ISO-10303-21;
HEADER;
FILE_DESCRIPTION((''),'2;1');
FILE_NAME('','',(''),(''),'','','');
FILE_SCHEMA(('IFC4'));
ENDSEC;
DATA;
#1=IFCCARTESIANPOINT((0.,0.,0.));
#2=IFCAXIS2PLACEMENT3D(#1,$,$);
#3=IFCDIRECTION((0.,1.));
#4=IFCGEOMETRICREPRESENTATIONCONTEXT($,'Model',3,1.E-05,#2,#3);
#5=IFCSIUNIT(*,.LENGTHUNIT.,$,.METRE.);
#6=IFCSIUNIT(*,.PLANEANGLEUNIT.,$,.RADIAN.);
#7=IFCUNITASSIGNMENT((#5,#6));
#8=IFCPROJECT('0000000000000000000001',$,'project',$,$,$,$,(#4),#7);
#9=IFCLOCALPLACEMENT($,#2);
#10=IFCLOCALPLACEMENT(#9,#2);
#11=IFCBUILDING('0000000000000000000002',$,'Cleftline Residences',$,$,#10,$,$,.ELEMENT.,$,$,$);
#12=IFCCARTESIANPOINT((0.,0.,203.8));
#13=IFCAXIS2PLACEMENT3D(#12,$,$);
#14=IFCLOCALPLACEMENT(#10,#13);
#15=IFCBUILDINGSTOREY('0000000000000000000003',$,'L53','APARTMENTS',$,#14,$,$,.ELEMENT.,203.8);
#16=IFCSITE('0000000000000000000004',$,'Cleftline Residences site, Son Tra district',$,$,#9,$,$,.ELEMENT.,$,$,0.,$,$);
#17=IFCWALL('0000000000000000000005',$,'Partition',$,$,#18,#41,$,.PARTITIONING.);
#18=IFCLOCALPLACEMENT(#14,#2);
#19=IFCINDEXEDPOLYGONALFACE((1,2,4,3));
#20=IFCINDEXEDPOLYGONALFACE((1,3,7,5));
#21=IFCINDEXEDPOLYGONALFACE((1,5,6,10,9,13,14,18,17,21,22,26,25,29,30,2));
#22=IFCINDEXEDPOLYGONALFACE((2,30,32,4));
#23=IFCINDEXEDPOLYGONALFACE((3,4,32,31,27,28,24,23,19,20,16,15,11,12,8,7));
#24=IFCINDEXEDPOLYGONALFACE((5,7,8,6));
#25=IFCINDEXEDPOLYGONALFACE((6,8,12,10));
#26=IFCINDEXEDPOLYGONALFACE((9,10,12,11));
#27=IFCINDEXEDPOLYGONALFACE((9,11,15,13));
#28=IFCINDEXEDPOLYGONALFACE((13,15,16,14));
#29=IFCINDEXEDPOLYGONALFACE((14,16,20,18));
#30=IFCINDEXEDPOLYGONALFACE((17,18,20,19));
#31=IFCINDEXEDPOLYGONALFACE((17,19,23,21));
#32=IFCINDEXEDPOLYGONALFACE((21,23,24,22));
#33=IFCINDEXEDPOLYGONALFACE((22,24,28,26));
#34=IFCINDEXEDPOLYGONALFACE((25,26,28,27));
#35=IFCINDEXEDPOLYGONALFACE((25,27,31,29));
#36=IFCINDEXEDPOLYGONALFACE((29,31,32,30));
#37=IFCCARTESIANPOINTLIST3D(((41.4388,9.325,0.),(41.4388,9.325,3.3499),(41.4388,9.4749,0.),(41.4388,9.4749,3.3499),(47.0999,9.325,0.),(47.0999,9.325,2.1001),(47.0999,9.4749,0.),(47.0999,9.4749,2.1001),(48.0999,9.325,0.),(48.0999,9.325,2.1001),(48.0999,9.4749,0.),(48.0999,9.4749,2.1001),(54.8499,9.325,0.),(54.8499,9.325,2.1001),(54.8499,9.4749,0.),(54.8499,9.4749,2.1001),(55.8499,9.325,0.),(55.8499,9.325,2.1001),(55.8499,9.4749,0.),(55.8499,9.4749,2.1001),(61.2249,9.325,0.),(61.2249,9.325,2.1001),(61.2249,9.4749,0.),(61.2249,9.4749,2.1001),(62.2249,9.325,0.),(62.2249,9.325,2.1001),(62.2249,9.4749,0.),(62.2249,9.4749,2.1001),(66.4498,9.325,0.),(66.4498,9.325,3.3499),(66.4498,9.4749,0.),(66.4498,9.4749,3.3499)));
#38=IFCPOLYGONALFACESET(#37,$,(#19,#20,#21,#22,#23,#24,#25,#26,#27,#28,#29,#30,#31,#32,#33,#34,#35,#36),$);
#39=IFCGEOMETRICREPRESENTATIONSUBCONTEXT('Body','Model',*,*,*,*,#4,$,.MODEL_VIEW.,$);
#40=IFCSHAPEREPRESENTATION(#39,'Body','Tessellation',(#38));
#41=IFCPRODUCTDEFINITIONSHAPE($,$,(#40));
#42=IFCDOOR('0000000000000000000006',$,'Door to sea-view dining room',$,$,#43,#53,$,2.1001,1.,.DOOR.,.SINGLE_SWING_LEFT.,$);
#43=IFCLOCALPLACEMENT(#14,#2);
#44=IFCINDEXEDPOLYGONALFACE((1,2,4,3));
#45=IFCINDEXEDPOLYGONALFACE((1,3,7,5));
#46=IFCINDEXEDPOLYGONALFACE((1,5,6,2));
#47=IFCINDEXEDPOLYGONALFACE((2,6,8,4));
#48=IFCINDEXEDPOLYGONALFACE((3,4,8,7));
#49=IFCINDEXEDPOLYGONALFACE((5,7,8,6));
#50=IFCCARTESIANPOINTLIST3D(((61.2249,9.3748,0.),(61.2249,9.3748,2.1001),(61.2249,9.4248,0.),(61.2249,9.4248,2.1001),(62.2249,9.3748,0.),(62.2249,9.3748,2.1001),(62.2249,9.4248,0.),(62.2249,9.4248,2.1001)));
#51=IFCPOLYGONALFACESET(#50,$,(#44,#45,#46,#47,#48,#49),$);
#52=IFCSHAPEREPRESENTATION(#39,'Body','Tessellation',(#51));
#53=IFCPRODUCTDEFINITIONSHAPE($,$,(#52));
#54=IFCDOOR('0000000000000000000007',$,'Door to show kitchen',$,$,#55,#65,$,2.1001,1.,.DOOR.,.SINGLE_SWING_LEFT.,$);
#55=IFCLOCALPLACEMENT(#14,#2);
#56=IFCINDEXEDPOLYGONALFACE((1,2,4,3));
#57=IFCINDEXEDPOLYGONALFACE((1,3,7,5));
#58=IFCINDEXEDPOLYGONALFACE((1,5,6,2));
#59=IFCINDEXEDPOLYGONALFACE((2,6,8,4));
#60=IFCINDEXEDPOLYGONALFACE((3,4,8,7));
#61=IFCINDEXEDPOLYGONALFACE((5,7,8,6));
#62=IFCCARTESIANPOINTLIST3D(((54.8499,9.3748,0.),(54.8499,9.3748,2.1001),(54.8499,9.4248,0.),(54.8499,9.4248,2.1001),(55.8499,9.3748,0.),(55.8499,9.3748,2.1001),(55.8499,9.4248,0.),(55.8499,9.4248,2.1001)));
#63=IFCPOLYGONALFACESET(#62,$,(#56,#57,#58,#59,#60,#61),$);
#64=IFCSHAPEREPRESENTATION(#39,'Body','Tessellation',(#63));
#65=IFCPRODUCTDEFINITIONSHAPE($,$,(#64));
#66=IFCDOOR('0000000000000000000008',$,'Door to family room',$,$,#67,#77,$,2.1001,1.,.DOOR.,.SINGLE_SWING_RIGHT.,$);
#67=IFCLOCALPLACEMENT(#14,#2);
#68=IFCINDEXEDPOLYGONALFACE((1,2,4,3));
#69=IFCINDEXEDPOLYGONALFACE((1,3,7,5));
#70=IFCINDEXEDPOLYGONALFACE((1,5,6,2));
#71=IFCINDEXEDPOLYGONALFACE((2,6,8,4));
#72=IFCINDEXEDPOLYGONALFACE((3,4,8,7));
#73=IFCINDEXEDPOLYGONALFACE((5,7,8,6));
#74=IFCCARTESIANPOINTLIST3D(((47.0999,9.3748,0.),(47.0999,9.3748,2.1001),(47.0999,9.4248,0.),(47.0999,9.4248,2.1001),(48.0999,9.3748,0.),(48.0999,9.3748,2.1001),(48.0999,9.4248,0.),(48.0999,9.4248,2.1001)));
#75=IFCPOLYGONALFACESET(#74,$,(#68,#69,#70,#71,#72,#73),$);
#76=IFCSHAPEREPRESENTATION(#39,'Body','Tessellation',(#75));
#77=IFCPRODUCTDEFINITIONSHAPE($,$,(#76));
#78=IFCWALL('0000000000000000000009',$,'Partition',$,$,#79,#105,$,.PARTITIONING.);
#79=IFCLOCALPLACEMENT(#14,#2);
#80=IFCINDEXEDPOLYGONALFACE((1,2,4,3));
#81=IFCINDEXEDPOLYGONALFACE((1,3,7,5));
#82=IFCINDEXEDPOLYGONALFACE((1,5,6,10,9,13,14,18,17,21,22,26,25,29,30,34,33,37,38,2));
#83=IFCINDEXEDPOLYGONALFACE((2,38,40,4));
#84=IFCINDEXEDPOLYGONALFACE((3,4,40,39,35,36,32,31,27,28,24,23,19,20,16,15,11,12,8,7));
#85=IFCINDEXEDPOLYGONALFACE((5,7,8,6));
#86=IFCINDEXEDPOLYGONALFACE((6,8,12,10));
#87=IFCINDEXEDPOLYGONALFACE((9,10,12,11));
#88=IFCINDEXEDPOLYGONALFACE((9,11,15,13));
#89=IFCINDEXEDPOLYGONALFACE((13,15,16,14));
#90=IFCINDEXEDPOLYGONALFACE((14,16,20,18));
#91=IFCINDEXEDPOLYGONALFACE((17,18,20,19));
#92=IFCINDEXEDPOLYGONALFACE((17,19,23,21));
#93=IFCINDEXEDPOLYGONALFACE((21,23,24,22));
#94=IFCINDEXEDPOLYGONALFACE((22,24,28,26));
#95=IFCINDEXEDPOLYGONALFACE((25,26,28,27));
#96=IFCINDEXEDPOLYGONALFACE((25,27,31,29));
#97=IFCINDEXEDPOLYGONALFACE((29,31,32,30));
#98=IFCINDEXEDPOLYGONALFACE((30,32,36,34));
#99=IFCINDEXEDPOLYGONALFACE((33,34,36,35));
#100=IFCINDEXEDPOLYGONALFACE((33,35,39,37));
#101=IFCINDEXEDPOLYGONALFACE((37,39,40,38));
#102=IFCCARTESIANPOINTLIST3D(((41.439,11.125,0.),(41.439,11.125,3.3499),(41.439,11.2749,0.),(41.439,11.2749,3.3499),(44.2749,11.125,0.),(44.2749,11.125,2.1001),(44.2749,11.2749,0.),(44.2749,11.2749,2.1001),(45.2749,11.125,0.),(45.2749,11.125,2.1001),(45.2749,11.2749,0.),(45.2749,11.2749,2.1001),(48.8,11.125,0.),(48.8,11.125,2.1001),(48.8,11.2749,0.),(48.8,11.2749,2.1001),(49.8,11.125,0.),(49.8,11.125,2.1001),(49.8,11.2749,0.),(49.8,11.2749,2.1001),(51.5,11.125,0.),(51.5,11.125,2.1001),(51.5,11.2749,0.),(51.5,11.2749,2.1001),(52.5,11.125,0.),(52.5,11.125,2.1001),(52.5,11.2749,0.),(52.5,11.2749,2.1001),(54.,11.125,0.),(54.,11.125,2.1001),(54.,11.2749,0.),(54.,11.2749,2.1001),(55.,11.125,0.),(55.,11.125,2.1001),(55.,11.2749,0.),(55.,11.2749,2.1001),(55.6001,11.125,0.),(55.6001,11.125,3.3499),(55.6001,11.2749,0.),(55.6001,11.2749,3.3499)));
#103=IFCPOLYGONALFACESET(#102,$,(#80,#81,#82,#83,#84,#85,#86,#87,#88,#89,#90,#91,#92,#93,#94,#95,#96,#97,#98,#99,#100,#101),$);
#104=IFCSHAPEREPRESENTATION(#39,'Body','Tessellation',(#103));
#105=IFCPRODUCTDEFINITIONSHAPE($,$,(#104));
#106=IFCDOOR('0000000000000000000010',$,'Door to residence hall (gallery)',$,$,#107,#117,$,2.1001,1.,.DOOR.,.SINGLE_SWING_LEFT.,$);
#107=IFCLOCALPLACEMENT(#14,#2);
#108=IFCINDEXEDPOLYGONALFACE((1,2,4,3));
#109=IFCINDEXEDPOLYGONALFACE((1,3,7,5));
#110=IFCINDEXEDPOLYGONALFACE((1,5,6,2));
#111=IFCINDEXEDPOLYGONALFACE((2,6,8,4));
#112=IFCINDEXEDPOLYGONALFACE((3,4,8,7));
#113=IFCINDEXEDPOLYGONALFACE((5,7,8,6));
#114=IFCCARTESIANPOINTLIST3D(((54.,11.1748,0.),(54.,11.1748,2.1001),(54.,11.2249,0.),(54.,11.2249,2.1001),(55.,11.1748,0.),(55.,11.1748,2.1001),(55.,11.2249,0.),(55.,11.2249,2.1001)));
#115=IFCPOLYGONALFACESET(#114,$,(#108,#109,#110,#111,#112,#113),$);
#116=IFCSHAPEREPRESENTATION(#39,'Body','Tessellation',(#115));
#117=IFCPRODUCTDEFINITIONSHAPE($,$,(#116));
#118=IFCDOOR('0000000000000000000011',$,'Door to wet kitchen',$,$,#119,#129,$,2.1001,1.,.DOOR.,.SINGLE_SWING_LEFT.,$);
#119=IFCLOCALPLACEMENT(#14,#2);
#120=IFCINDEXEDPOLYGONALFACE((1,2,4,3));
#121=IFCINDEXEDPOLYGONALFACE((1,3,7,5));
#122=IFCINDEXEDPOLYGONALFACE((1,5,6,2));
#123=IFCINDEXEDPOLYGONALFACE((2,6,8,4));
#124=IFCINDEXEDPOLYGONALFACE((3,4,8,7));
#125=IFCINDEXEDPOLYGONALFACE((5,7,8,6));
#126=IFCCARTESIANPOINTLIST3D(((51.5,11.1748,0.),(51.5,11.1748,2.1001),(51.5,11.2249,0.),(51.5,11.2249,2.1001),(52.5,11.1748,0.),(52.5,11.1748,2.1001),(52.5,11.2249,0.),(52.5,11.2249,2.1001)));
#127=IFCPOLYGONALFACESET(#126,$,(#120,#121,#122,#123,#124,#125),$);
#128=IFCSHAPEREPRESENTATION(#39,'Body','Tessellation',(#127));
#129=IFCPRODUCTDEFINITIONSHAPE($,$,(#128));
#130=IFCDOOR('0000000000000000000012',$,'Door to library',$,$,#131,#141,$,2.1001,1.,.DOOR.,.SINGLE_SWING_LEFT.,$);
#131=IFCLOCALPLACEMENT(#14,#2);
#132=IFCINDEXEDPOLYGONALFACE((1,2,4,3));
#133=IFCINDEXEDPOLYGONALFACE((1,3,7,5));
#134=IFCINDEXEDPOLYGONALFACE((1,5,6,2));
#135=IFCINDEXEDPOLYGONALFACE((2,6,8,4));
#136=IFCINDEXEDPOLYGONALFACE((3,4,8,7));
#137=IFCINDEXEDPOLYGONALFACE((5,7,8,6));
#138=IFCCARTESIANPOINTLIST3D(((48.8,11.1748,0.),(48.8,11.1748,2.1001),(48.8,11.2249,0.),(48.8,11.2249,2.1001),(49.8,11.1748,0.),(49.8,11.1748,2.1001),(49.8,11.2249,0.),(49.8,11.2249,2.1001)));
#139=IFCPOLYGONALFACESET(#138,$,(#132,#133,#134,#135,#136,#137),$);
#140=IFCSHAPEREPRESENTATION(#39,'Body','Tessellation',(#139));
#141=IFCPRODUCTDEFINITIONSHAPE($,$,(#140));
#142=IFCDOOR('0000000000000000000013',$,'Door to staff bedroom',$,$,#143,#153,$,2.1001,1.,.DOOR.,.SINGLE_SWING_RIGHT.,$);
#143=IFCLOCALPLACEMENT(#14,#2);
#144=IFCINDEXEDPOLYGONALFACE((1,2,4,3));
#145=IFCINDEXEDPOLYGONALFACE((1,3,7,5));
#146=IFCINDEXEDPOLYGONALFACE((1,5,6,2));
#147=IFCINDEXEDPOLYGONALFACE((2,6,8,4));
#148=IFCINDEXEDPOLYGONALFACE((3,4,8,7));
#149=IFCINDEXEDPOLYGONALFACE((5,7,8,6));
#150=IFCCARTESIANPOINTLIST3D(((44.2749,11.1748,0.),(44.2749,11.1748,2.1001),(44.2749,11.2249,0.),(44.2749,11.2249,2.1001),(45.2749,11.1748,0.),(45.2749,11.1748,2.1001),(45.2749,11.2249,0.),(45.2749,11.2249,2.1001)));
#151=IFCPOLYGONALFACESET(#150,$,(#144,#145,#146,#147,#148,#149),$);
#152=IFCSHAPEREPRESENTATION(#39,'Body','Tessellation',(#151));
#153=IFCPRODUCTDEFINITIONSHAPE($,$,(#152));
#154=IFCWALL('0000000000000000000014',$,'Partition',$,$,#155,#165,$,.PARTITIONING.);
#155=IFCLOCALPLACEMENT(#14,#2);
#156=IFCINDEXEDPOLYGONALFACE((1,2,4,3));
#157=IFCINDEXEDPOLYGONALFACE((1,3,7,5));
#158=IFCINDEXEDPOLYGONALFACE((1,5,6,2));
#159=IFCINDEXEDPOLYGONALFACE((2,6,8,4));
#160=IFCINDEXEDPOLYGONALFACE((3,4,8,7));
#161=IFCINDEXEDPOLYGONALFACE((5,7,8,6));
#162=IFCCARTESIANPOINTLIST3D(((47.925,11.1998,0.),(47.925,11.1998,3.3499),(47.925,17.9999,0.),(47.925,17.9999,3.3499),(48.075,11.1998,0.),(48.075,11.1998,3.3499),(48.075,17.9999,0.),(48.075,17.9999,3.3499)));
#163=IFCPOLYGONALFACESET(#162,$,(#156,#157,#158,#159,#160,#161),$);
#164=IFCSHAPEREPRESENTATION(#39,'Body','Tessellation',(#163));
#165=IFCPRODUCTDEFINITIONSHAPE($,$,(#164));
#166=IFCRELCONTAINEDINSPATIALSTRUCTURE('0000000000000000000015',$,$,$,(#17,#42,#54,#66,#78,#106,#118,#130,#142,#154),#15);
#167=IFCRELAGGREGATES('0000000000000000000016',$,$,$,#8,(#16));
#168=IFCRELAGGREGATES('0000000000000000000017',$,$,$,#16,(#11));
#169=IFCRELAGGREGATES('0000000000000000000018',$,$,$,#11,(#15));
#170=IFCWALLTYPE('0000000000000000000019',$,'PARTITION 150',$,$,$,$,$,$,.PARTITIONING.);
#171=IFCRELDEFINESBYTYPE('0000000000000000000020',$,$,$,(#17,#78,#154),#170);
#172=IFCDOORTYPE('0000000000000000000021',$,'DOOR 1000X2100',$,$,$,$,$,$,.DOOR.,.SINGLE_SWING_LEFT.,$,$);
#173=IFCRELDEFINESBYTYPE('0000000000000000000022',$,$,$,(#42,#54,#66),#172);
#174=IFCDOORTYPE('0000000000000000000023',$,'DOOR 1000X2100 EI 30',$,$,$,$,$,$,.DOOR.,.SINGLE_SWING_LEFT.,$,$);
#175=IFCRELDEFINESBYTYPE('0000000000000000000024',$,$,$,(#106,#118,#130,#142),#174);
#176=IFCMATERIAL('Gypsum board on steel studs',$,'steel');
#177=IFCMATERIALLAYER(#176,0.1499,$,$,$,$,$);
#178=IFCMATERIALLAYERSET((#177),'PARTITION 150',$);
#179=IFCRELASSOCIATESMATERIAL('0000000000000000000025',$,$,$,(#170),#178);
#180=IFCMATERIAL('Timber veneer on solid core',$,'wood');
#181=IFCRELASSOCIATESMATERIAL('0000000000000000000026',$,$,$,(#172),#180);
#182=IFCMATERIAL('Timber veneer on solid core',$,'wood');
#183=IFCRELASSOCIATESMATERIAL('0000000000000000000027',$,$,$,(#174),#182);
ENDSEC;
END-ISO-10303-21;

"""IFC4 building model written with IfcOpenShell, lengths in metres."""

from ifc_helpers import new_model, si_unit, direction, frame, frame_2d, origin, place, context, subcontext, project, spatial, rectangle, extrude, material, layer, layer_set, type_object, element, fill, save


model = new_model("IFC4")

# Units and contexts
model_context = context("Model", 3, precision=1e-05, world=origin(), true_north=direction((0.0, 1.0)))
body_context = subcontext(model_context, "Body", "Model", "MODEL_VIEW")
ifc_project = project(units=[si_unit("LENGTHUNIT", "METRE"), si_unit("PLANEANGLEUNIT", "RADIAN")], contexts=[model_context])

# Site, building, storey
site_placement = place(None, origin())
site = spatial("IfcSite", under=ifc_project, at=site_placement, Name="Cleftline Residences site, Son Tra district", CompositionType="ELEMENT", RefElevation=0.0)
building_placement = place(site_placement, origin())
building = spatial("IfcBuilding", under=site, at=building_placement, Name="Cleftline Residences", CompositionType="ELEMENT")
storey_placement = place(building_placement, frame((0.0, 0.0, 203.8)))
storey = spatial("IfcBuildingStorey", under=building, at=storey_placement, Name="L53", Description="APARTMENTS", CompositionType="ELEMENT", Elevation=203.8)

# Walls, openings, doors
ifc_material_1 = material(Name="Gypsum board on steel studs", Category="steel")
ifc_layer_1 = layer(ifc_material_1, 0.1499)
ifc_layer_set_1 = layer_set([ifc_layer_1], Name="PARTITION 150")
wall_type = type_object("IfcWallType", Name="PARTITION 150", PredefinedType="PARTITIONING", material=ifc_layer_set_1)
wall_1_placement = place(storey_placement, frame((41.439, 9.3999, 0.0), z_axis=(0.0, 0.0, 1.0), x_axis=(1.0, 0.0, 0.0)))
wall_1 = element("IfcWall", 1, at=wall_1_placement, inside=storey, type_object=wall_type, Name="Partition", PredefinedType="PARTITIONING", context=body_context, shape_type="SweptSolid", body=[
    extrude(rectangle(XDim=25.011, YDim=0.1499, at=frame_2d((12.5054, 0.0))), origin(), (0.0, 0.0, 1.0), 3.3499),
])
opening_1_placement = place(wall_1_placement, frame((19.7859, 0.0, 0.0)))
opening_1 = element("IfcOpeningElement", 2, at=opening_1_placement, cuts=wall_1, PredefinedType="OPENING", context=body_context, shape_type="SweptSolid", body=[
    extrude(rectangle(XDim=1.0, YDim=2.1001, at=frame_2d((0.5, 1.05))), frame((0.0, 0.085, 0.0), z_axis=(0.0, -1.0, 0.0), x_axis=(1.0, 0.0, 0.0)), (0.0, 0.0, 1.0), 0.1699),
])
opening_2_placement = place(wall_1_placement, frame((13.4109, 0.0, 0.0)))
opening_2 = element("IfcOpeningElement", 3, at=opening_2_placement, cuts=wall_1, PredefinedType="OPENING", context=body_context, shape_type="SweptSolid", body=[
    extrude(rectangle(XDim=1.0, YDim=2.1001, at=frame_2d((0.5, 1.05))), frame((0.0, 0.085, 0.0), z_axis=(0.0, -1.0, 0.0), x_axis=(1.0, 0.0, 0.0)), (0.0, 0.0, 1.0), 0.1699),
])
opening_3_placement = place(wall_1_placement, frame((5.6609, 0.0, 0.0)))
opening_3 = element("IfcOpeningElement", 4, at=opening_3_placement, cuts=wall_1, PredefinedType="OPENING", context=body_context, shape_type="SweptSolid", body=[
    extrude(rectangle(XDim=1.0, YDim=2.1001, at=frame_2d((0.5, 1.05))), frame((0.0, 0.085, 0.0), z_axis=(0.0, -1.0, 0.0), x_axis=(1.0, 0.0, 0.0)), (0.0, 0.0, 1.0), 0.1699),
])
ifc_material_2 = material(Name="Timber veneer on solid core", Category="wood")
door_type_1 = type_object("IfcDoorType", Name="DOOR 1000X2100", OperationType="SINGLE_SWING_LEFT", PredefinedType="DOOR", material=ifc_material_2)
door_1_placement = place(opening_1_placement, origin())
door_1 = element("IfcDoor", 5, at=door_1_placement, inside=storey, type_object=door_type_1, Name="Door to sea-view dining room", OperationType="SINGLE_SWING_LEFT", OverallHeight=2.1001, OverallWidth=1.0, PredefinedType="DOOR", context=body_context, shape_type="SweptSolid", body=[
    extrude(rectangle(XDim=1.0, YDim=2.1001, at=frame_2d((0.5, 1.05))), frame((0.0, 0.0249, 0.0), z_axis=(0.0, -1.0, 0.0), x_axis=(1.0, 0.0, 0.0)), (0.0, 0.0, 1.0), 0.05),
])
fill(opening_1, door_1)
door_2_placement = place(opening_2_placement, origin())
door_2 = element("IfcDoor", 6, at=door_2_placement, inside=storey, type_object=door_type_1, Name="Door to show kitchen", OperationType="SINGLE_SWING_LEFT", OverallHeight=2.1001, OverallWidth=1.0, PredefinedType="DOOR", context=body_context, shape_type="SweptSolid", body=[
    extrude(rectangle(XDim=1.0, YDim=2.1001, at=frame_2d((0.5, 1.05))), frame((0.0, 0.0249, 0.0), z_axis=(0.0, -1.0, 0.0), x_axis=(1.0, 0.0, 0.0)), (0.0, 0.0, 1.0), 0.05),
])
fill(opening_2, door_2)
door_3_placement = place(opening_3_placement, origin())
door_3 = element("IfcDoor", 7, at=door_3_placement, inside=storey, type_object=door_type_1, Name="Door to family room", OperationType="SINGLE_SWING_RIGHT", OverallHeight=2.1001, OverallWidth=1.0, PredefinedType="DOOR", context=body_context, shape_type="SweptSolid", body=[
    extrude(rectangle(XDim=1.0, YDim=2.1001, at=frame_2d((0.5, 1.05))), frame((0.0, 0.0249, 0.0), z_axis=(0.0, -1.0, 0.0), x_axis=(1.0, 0.0, 0.0)), (0.0, 0.0, 1.0), 0.05),
])
fill(opening_3, door_3)
wall_2_placement = place(storey_placement, frame((41.439, 11.2, 0.0), z_axis=(0.0, 0.0, 1.0), x_axis=(1.0, 0.0, 0.0)))
wall_2 = element("IfcWall", 8, at=wall_2_placement, inside=storey, type_object=wall_type, Name="Partition", PredefinedType="PARTITIONING", context=body_context, shape_type="SweptSolid", body=[
    extrude(rectangle(XDim=14.1611, YDim=0.1499, at=frame_2d((7.0806, 0.0))), origin(), (0.0, 0.0, 1.0), 3.3499),
])
opening_4_placement = place(wall_2_placement, frame((12.561, 0.0, 0.0)))
opening_4 = element("IfcOpeningElement", 9, at=opening_4_placement, cuts=wall_2, PredefinedType="OPENING", context=body_context, shape_type="SweptSolid", body=[
    extrude(rectangle(XDim=1.0, YDim=2.1001, at=frame_2d((0.5, 1.05))), frame((0.0, 0.085, 0.0), z_axis=(0.0, -1.0, 0.0), x_axis=(1.0, 0.0, 0.0)), (0.0, 0.0, 1.0), 0.1699),
])
opening_5_placement = place(wall_2_placement, frame((10.061, 0.0, 0.0)))
opening_5 = element("IfcOpeningElement", 10, at=opening_5_placement, cuts=wall_2, PredefinedType="OPENING", context=body_context, shape_type="SweptSolid", body=[
    extrude(rectangle(XDim=1.0, YDim=2.1001, at=frame_2d((0.5, 1.05))), frame((0.0, 0.085, 0.0), z_axis=(0.0, -1.0, 0.0), x_axis=(1.0, 0.0, 0.0)), (0.0, 0.0, 1.0), 0.1699),
])
opening_6_placement = place(wall_2_placement, frame((7.3611, 0.0, 0.0)))
opening_6 = element("IfcOpeningElement", 11, at=opening_6_placement, cuts=wall_2, PredefinedType="OPENING", context=body_context, shape_type="SweptSolid", body=[
    extrude(rectangle(XDim=1.0, YDim=2.1001, at=frame_2d((0.5, 1.05))), frame((0.0, 0.085, 0.0), z_axis=(0.0, -1.0, 0.0), x_axis=(1.0, 0.0, 0.0)), (0.0, 0.0, 1.0), 0.1699),
])
opening_7_placement = place(wall_2_placement, frame((2.8359, 0.0, 0.0)))
opening_7 = element("IfcOpeningElement", 12, at=opening_7_placement, cuts=wall_2, PredefinedType="OPENING", context=body_context, shape_type="SweptSolid", body=[
    extrude(rectangle(XDim=1.0, YDim=2.1001, at=frame_2d((0.5, 1.05))), frame((0.0, 0.085, 0.0), z_axis=(0.0, -1.0, 0.0), x_axis=(1.0, 0.0, 0.0)), (0.0, 0.0, 1.0), 0.1699),
])
ifc_material_3 = material(Name="Timber veneer on solid core", Category="wood")
door_type_2 = type_object("IfcDoorType", Name="DOOR 1000X2100 EI 30", OperationType="SINGLE_SWING_LEFT", PredefinedType="DOOR", material=ifc_material_3)
door_4_placement = place(opening_4_placement, origin())
door_4 = element("IfcDoor", 13, at=door_4_placement, inside=storey, type_object=door_type_2, Name="Door to residence hall (gallery)", OperationType="SINGLE_SWING_LEFT", OverallHeight=2.1001, OverallWidth=1.0, PredefinedType="DOOR", context=body_context, shape_type="SweptSolid", body=[
    extrude(rectangle(XDim=1.0, YDim=2.1001, at=frame_2d((0.5, 1.05))), frame((0.0, 0.0249, 0.0), z_axis=(0.0, -1.0, 0.0), x_axis=(1.0, 0.0, 0.0)), (0.0, 0.0, 1.0), 0.05),
])
fill(opening_4, door_4)
door_5_placement = place(opening_5_placement, origin())
door_5 = element("IfcDoor", 14, at=door_5_placement, inside=storey, type_object=door_type_2, Name="Door to wet kitchen", OperationType="SINGLE_SWING_LEFT", OverallHeight=2.1001, OverallWidth=1.0, PredefinedType="DOOR", context=body_context, shape_type="SweptSolid", body=[
    extrude(rectangle(XDim=1.0, YDim=2.1001, at=frame_2d((0.5, 1.05))), frame((0.0, 0.0249, 0.0), z_axis=(0.0, -1.0, 0.0), x_axis=(1.0, 0.0, 0.0)), (0.0, 0.0, 1.0), 0.05),
])
fill(opening_5, door_5)
door_6_placement = place(opening_6_placement, origin())
door_6 = element("IfcDoor", 15, at=door_6_placement, inside=storey, type_object=door_type_2, Name="Door to library", OperationType="SINGLE_SWING_LEFT", OverallHeight=2.1001, OverallWidth=1.0, PredefinedType="DOOR", context=body_context, shape_type="SweptSolid", body=[
    extrude(rectangle(XDim=1.0, YDim=2.1001, at=frame_2d((0.5, 1.05))), frame((0.0, 0.0249, 0.0), z_axis=(0.0, -1.0, 0.0), x_axis=(1.0, 0.0, 0.0)), (0.0, 0.0, 1.0), 0.05),
])
fill(opening_6, door_6)
door_7_placement = place(opening_7_placement, origin())
door_7 = element("IfcDoor", 16, at=door_7_placement, inside=storey, type_object=door_type_2, Name="Door to staff bedroom", OperationType="SINGLE_SWING_RIGHT", OverallHeight=2.1001, OverallWidth=1.0, PredefinedType="DOOR", context=body_context, shape_type="SweptSolid", body=[
    extrude(rectangle(XDim=1.0, YDim=2.1001, at=frame_2d((0.5, 1.05))), frame((0.0, 0.0249, 0.0), z_axis=(0.0, -1.0, 0.0), x_axis=(1.0, 0.0, 0.0)), (0.0, 0.0, 1.0), 0.05),
])
fill(opening_7, door_7)

# Wall
wall_3_placement = place(storey_placement, frame((48.0, 11.2, 0.0), z_axis=(0.0, 0.0, 1.0), x_axis=(0.0, 1.0, 0.0)))
element("IfcWall", 17, at=wall_3_placement, inside=storey, type_object=wall_type, Name="Partition", PredefinedType="PARTITIONING", context=body_context, shape_type="SweptSolid", body=[
    extrude(rectangle(XDim=6.8, YDim=0.1499, at=frame_2d((3.3999, 0.0))), origin(), (0.0, 0.0, 1.0), 3.3499),
])

save(model, "model.ifc")
